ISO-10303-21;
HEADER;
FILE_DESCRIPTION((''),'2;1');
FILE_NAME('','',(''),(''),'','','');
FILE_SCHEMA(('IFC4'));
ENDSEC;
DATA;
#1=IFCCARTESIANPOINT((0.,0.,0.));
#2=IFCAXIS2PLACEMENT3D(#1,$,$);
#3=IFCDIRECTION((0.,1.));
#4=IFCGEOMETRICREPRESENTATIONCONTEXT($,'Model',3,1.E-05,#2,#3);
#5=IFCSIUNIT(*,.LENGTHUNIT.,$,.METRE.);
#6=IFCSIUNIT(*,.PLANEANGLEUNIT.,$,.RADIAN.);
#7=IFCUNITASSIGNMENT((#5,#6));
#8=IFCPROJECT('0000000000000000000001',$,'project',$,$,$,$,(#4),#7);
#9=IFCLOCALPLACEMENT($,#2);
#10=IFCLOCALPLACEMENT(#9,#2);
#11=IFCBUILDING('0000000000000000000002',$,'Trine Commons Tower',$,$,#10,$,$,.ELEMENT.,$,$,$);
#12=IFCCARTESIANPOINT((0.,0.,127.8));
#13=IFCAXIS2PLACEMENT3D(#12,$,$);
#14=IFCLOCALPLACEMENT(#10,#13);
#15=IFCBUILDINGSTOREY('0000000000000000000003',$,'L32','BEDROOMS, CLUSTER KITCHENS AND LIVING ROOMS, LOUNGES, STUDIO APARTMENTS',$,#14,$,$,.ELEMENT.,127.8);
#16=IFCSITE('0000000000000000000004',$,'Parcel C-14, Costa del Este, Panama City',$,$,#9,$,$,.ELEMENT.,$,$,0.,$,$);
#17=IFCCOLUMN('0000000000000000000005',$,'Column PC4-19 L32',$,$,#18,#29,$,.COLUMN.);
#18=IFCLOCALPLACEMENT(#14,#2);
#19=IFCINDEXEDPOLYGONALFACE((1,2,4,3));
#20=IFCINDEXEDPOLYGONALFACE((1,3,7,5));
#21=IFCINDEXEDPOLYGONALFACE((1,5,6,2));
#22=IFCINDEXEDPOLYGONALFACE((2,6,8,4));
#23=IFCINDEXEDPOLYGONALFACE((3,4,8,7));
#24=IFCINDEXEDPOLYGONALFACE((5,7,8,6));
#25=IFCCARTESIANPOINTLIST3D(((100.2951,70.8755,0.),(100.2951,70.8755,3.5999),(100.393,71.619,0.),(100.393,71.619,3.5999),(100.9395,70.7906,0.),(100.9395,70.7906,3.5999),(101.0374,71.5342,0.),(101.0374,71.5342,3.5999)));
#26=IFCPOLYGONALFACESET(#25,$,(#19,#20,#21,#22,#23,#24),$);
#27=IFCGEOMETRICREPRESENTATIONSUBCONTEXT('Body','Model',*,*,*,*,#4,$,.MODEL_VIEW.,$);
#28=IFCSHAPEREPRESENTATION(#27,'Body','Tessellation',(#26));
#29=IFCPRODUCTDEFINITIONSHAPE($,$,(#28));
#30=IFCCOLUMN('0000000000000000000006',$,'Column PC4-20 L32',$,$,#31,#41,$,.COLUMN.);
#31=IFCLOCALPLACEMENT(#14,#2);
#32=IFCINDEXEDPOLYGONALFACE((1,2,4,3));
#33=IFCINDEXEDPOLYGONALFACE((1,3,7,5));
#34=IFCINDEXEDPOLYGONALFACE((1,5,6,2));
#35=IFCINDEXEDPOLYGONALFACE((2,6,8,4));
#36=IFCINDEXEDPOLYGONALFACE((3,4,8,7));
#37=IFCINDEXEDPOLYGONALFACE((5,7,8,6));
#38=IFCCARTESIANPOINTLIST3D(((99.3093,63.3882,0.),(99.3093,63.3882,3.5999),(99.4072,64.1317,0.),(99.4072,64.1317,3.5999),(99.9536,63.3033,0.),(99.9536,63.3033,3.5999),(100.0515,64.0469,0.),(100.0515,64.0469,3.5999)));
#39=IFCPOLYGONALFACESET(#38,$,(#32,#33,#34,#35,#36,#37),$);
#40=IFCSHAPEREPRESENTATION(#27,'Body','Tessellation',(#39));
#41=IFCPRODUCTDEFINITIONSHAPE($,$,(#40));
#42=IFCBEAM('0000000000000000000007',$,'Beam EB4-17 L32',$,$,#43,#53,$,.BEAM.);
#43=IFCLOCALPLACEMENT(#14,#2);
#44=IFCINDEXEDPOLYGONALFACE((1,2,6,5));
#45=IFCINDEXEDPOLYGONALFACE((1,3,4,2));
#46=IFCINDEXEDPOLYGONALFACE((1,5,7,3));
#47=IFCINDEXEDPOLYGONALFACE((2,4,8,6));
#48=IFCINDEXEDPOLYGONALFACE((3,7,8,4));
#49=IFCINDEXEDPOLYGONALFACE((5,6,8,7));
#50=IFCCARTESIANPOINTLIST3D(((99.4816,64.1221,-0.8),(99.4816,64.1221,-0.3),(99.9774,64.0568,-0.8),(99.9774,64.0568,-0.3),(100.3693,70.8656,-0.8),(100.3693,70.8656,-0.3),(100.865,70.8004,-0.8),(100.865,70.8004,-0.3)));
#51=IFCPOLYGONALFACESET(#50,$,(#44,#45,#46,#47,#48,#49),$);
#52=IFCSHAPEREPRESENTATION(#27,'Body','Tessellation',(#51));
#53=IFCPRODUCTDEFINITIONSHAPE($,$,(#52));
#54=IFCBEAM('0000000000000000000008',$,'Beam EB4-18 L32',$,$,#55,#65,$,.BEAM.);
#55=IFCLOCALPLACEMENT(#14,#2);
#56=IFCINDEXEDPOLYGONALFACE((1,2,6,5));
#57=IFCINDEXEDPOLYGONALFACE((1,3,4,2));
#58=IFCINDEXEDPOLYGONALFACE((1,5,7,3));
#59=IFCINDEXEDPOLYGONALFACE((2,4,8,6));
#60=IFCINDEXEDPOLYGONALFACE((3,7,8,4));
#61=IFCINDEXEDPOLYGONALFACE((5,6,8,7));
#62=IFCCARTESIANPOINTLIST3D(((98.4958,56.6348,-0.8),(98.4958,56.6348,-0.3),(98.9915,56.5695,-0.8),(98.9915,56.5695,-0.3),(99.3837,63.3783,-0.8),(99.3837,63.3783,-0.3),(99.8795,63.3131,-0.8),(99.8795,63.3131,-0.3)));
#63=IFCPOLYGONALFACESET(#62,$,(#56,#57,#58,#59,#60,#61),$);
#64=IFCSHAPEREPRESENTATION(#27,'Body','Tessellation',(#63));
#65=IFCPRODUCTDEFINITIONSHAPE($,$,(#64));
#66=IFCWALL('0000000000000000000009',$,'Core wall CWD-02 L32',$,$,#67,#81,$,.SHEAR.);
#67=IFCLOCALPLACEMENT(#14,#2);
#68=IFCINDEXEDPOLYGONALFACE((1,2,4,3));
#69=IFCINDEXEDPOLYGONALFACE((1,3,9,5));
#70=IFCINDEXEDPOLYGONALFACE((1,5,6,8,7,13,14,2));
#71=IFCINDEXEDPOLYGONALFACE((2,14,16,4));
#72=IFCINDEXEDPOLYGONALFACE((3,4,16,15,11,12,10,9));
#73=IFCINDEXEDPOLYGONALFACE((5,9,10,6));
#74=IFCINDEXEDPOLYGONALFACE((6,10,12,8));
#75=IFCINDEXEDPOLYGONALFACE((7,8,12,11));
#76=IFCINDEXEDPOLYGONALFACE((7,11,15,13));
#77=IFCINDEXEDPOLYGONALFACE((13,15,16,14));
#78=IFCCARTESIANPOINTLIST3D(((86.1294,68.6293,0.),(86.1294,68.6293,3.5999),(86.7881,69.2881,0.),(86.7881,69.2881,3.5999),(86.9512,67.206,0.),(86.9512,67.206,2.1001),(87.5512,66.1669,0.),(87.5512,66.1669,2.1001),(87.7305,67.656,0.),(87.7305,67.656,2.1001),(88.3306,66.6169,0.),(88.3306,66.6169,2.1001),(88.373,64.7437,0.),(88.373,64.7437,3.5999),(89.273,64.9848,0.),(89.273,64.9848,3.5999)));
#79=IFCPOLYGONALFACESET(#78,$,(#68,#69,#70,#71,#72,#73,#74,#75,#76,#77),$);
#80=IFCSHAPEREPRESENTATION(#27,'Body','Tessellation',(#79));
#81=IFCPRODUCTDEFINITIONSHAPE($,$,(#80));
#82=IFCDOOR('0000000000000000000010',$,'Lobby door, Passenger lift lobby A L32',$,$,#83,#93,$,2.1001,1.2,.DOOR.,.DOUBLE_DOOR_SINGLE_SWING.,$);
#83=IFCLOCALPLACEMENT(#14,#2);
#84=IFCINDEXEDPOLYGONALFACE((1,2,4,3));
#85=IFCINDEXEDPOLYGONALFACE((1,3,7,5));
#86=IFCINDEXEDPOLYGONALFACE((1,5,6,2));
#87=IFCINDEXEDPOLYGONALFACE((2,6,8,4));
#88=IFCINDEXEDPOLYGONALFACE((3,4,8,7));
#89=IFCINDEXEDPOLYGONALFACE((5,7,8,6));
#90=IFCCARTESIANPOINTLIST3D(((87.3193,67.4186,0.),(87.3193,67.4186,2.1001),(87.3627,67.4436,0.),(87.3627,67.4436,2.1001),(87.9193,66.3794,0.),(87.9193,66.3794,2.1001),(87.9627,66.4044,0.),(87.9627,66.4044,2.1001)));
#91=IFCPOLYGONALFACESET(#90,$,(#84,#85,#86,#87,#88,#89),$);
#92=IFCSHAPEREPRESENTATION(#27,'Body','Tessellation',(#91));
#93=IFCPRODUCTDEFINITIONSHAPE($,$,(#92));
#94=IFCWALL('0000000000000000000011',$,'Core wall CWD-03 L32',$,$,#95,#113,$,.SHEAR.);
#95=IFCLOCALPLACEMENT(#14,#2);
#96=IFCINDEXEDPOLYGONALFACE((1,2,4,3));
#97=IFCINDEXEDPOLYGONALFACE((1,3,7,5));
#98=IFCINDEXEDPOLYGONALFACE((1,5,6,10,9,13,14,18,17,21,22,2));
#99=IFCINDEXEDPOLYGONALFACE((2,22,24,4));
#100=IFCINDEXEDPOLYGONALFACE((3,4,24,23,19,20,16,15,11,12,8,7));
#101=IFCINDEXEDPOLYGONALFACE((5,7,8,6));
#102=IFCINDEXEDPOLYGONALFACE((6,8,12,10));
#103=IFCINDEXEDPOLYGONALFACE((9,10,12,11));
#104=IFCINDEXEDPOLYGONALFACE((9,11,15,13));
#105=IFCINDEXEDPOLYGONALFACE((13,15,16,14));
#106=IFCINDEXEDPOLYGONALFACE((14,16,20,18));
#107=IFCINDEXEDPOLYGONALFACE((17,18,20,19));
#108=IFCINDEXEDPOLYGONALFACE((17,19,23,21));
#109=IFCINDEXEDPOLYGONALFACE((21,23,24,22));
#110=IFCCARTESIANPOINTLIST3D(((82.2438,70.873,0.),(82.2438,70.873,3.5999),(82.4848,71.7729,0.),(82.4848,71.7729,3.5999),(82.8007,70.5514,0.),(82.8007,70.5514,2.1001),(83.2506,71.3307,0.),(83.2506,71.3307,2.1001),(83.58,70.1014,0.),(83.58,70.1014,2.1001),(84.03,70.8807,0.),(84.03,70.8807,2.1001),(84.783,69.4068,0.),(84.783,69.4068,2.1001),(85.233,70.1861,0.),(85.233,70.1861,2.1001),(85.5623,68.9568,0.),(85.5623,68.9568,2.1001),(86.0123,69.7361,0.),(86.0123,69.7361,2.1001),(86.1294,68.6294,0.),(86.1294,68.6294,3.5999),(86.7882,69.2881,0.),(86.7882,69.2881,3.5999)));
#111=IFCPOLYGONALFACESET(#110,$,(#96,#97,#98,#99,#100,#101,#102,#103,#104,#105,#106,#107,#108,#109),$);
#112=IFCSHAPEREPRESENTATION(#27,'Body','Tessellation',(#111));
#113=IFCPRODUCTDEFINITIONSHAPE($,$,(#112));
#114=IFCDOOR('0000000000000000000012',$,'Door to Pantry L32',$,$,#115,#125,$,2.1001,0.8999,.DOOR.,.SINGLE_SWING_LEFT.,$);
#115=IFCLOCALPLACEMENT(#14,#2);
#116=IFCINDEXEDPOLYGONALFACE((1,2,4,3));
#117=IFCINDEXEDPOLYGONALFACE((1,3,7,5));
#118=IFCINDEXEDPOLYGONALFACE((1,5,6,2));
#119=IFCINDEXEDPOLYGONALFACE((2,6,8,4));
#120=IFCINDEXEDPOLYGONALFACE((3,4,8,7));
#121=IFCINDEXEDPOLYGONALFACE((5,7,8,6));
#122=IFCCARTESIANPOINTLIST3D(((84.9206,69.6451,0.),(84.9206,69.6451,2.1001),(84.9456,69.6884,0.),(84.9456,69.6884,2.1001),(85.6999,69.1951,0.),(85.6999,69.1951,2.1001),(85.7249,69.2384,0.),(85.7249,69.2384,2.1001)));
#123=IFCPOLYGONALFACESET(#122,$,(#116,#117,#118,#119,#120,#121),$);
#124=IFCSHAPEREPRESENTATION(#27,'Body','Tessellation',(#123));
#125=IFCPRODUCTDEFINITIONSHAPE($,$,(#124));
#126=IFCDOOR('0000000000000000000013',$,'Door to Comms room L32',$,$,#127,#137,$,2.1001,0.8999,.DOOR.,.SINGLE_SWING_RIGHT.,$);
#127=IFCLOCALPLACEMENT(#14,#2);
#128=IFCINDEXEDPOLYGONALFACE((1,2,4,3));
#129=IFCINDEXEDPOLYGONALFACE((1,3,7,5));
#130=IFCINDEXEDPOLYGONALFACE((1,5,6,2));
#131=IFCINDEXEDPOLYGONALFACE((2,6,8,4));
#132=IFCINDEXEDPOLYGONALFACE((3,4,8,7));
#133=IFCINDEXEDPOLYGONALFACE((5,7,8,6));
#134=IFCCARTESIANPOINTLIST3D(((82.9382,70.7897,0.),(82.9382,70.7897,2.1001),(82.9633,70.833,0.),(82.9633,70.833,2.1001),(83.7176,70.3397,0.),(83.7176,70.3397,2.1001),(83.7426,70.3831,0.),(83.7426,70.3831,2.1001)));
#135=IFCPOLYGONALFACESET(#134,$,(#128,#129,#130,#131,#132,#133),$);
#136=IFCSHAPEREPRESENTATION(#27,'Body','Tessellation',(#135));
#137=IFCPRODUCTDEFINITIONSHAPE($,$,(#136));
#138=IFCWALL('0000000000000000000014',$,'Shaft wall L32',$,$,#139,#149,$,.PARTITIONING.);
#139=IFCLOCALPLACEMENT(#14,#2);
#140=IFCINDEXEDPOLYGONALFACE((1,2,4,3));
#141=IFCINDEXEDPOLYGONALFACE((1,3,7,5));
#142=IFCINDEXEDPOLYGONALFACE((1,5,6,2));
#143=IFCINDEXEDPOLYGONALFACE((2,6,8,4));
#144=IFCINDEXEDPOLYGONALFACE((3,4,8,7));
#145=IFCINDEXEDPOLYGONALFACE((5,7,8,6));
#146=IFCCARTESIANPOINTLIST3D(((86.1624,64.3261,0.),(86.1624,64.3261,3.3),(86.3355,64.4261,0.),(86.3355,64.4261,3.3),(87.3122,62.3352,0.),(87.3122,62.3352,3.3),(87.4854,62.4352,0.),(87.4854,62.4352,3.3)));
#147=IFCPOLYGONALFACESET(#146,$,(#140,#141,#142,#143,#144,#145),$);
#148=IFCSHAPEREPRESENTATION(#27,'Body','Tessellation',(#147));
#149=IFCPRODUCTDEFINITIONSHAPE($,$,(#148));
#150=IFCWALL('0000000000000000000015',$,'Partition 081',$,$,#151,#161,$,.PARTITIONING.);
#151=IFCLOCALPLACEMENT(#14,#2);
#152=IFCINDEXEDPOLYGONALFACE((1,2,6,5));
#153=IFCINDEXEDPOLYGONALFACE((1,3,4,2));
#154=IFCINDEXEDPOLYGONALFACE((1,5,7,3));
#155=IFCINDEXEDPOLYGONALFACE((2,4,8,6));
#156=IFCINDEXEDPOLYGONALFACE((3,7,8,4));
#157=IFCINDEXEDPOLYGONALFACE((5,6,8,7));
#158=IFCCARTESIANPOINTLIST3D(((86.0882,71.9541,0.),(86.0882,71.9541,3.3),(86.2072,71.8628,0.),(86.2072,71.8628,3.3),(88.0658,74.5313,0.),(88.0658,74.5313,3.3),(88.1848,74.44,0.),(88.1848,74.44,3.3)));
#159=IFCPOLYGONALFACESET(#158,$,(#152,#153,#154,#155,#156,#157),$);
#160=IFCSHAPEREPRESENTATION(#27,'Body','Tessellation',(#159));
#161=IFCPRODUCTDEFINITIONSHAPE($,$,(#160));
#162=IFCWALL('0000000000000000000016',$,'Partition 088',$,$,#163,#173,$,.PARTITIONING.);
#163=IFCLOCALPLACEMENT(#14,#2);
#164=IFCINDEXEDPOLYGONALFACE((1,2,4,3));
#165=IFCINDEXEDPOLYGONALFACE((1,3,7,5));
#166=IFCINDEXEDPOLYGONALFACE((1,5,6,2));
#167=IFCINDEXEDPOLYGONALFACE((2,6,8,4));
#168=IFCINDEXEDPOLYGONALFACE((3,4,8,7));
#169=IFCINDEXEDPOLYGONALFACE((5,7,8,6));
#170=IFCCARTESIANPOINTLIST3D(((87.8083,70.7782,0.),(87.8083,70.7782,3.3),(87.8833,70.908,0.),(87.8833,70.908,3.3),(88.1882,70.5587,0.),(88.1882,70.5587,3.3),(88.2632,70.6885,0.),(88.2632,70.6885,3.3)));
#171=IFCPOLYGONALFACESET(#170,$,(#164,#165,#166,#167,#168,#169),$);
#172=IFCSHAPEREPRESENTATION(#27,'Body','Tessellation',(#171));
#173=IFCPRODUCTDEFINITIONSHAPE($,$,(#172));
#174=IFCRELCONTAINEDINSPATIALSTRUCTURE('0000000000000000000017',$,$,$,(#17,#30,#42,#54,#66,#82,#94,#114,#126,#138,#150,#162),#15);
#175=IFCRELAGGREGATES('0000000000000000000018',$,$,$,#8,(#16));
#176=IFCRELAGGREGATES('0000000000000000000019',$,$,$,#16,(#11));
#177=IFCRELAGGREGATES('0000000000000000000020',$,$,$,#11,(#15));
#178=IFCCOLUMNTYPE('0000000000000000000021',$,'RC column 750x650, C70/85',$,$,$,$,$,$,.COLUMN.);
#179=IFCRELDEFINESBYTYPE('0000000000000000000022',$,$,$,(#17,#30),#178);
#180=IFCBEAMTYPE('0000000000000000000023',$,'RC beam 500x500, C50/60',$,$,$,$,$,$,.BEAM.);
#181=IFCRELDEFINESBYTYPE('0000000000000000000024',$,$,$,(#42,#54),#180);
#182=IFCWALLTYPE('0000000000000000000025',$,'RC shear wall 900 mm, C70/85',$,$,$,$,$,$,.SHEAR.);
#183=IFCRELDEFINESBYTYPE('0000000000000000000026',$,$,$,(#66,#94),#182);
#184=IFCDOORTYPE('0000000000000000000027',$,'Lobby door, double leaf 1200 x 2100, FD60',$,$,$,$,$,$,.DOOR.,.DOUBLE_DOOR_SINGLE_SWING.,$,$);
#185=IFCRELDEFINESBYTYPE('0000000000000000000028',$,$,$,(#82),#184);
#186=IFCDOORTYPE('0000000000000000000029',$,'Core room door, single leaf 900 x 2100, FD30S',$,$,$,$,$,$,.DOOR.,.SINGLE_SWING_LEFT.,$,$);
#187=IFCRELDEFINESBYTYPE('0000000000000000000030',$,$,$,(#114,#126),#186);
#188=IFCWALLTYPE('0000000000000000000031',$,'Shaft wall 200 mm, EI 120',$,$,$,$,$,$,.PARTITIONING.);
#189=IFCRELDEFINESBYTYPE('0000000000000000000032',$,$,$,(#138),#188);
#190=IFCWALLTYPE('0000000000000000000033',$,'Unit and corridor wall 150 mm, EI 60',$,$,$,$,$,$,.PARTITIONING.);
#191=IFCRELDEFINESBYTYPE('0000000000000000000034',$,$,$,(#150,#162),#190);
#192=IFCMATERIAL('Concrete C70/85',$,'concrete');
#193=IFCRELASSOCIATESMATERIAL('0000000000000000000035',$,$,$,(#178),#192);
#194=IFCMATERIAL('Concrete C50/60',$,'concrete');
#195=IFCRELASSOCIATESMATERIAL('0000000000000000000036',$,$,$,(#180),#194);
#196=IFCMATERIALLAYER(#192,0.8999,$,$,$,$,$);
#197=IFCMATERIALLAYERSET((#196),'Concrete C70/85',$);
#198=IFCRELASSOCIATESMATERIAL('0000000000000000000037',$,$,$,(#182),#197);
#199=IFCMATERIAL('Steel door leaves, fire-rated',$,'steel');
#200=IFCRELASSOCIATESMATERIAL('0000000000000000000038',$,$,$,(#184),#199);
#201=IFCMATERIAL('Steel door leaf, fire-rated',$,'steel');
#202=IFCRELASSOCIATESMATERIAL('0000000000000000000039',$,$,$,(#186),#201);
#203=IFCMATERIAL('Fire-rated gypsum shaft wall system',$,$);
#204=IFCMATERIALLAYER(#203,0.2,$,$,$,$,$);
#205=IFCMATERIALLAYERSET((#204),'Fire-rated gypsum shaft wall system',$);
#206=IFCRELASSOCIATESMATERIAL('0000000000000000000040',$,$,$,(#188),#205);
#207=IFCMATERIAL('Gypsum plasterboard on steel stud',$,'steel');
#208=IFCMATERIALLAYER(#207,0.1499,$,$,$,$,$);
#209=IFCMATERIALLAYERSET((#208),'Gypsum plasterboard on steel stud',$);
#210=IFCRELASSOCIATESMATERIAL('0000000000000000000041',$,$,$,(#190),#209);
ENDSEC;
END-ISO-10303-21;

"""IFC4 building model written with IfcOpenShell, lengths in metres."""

from ifc_helpers import new_model, si_unit, direction, frame, frame_2d, origin, origin_2d, place, context, subcontext, project, spatial, polyline, rectangle, outline, extrude, material, layer, layer_set, material_profile, profile_set, type_object, element, fill, save


model = new_model("IFC4")

# Units and contexts
model_context = context("Model", 3, precision=1e-05, world=origin(), true_north=direction((0.0, 1.0)))
body_context = subcontext(model_context, "Body", "Model", "MODEL_VIEW")
ifc_project = project(units=[si_unit("LENGTHUNIT", "METRE"), si_unit("PLANEANGLEUNIT", "RADIAN")], contexts=[model_context])

# Site, building, storey
site_placement = place(None, origin())
site = spatial("IfcSite", under=ifc_project, at=site_placement, Name="Parcel C-14, Costa del Este, Panama City", CompositionType="ELEMENT", RefElevation=0.0)
building_placement = place(site_placement, origin())
building = spatial("IfcBuilding", under=site, at=building_placement, Name="Trine Commons Tower", CompositionType="ELEMENT")
storey_placement = place(building_placement, frame((0.0, 0.0, 127.8)))
storey = spatial("IfcBuildingStorey", under=building, at=storey_placement, Name="L32", Description="BEDROOMS, CLUSTER KITCHENS AND LIVING ROOMS, LOUNGES, STUDIO APARTMENTS", CompositionType="ELEMENT", Elevation=127.8)

# Columns
ifc_material_1 = material(Name="Concrete C70/85", Category="concrete")
ifc_material_profile_1 = material_profile(ifc_material_1, rectangle(XDim=0.75, YDim=0.6499, at=origin_2d()), Name="RC 750x650")
ifc_profile_set_1 = profile_set([ifc_material_profile_1], Name="Concrete C70/85")
column_type = type_object("IfcColumnType", Name="RC column 750x650, C70/85", PredefinedType="COLUMN", material=ifc_profile_set_1)
for number, where, z_axis, x_axis, name in (
    (1, (100.6663, 71.2048, 0.0), (0.0, 0.0, 1.0), (0.130526, 0.991445, 0.0), "Column PC4-19 L32"),
    (2, (99.6804, 63.7175, 0.0), (0.0, 0.0, 1.0), (0.130526, 0.991445, 0.0), "Column PC4-20 L32"),
):
    element("IfcColumn", number, at=place(storey_placement, frame(where, z_axis=z_axis, x_axis=x_axis)), inside=storey, type_object=column_type, Name=name, PredefinedType="COLUMN", context=body_context, shape_type="SweptSolid", body=[
        extrude(rectangle(XDim=0.75, YDim=0.6499, at=origin_2d()), origin(), (0.0, 0.0, 1.0), 3.5999),
    ])

# Beams
ifc_material_2 = material(Name="Concrete C50/60", Category="concrete")
ifc_material_profile_2 = material_profile(ifc_material_2, rectangle(XDim=0.5, YDim=0.5, at=origin_2d()), Name="RC 500x500")
ifc_profile_set_2 = profile_set([ifc_material_profile_2], Name="Concrete C50/60")
beam_type = type_object("IfcBeamType", Name="RC beam 500x500, C50/60", PredefinedType="BEAM", material=ifc_profile_set_2)
for number, where, z_axis, x_axis, name in (
    (3, (100.6172, 70.833, -0.55), (-0.130508, -0.991447, 0.0), (0.991447, -0.130508, 0.0), "Beam EB4-17 L32"),
    (4, (99.6316, 63.3457, -0.55), (-0.130544, -0.991443, 0.0), (0.991443, -0.130544, 0.0), "Beam EB4-18 L32"),
):
    element("IfcBeam", number, at=place(storey_placement, frame(where, z_axis=z_axis, x_axis=x_axis)), inside=storey, type_object=beam_type, Name=name, PredefinedType="BEAM", context=body_context, shape_type="SweptSolid", body=[
        extrude(rectangle(XDim=0.5, YDim=0.5, at=origin_2d()), origin(), (0.0, 0.0, 1.0), 6.8018),
    ])

# Wall, opening, door
ifc_layer_1 = layer(ifc_material_1, 0.8999)
ifc_layer_set_1 = layer_set([ifc_layer_1], Name="Concrete C70/85")
wall_type_1 = type_object("IfcWallType", Name="RC shear wall 900 mm, C70/85", PredefinedType="SHEAR", material=ifc_layer_set_1)
wall_1_placement = place(storey_placement, frame((88.8833, 64.7598, 0.0), z_axis=(0.0, 0.0, 1.0), x_axis=(-0.500039, 0.866003, 0.0)))
wall_1 = element("IfcWall", 5, at=wall_1_placement, inside=storey, type_object=wall_type_1, Name="Core wall CWD-02 L32", PredefinedType="SHEAR", context=body_context, shape_type="SweptSolid", body=[
    extrude(outline(polyline([(0.0, -0.45), (4.9692, -0.45), (4.728, 0.45), (0.2412, 0.45), (0.0, -0.45)])), origin(), (0.0, 0.0, 1.0), 3.5999),
])
opening_1_placement = place(wall_1_placement, frame((1.8845, 0.0, 0.0)))
opening_1 = element("IfcOpeningElement", 6, at=opening_1_placement, cuts=wall_1, PredefinedType="OPENING", context=body_context, shape_type="SweptSolid", body=[
    extrude(rectangle(XDim=1.2, YDim=2.1001, at=frame_2d((0.6001, 1.05))), frame((0.0, 0.46, 0.0), z_axis=(0.0, -1.0, 0.0), x_axis=(1.0, 0.0, 0.0)), (0.0, 0.0, 1.0), 0.9199),
])
ifc_material_3 = material(Name="Steel door leaves, fire-rated", Category="steel")
door_type_1 = type_object("IfcDoorType", Name="Lobby door, double leaf 1200 x 2100, FD60", OperationType="DOUBLE_DOOR_SINGLE_SWING", PredefinedType="DOOR", material=ifc_material_3)
door_1_placement = place(opening_1_placement, origin())
door_1 = element("IfcDoor", 7, at=door_1_placement, inside=storey, type_object=door_type_1, Name="Lobby door, Passenger lift lobby A L32", OperationType="DOUBLE_DOOR_SINGLE_SWING", OverallHeight=2.1001, OverallWidth=1.2, PredefinedType="DOOR", context=body_context, shape_type="SweptSolid", body=[
    extrude(rectangle(XDim=1.2, YDim=2.1001, at=frame_2d((0.6001, 1.05))), frame((0.0, 0.0249, 0.0), z_axis=(0.0, -1.0, 0.0), x_axis=(1.0, 0.0, 0.0)), (0.0, 0.0, 1.0), 0.05),
])
fill(opening_1, door_1)

# Wall, openings, doors
wall_2_placement = place(storey_placement, frame((86.5632, 68.8984, 0.0), z_axis=(0.0, 0.0, 1.0), x_axis=(-0.866003, 0.500039, 0.0)))
wall_2 = element("IfcWall", 8, at=wall_2_placement, inside=storey, type_object=wall_type_1, Name="Core wall CWD-03 L32", PredefinedType="SHEAR", context=body_context, shape_type="SweptSolid", body=[
    extrude(outline(polyline([(0.0, -0.45), (4.9692, -0.45), (4.728, 0.45), (0.2412, 0.45), (0.0, -0.45)])), origin(), (0.0, 0.0, 1.0), 3.5999),
])
opening_2_placement = place(wall_2_placement, frame((0.896, 0.0, 0.0)))
opening_2 = element("IfcOpeningElement", 9, at=opening_2_placement, cuts=wall_2, PredefinedType="OPENING", context=body_context, shape_type="SweptSolid", body=[
    extrude(rectangle(XDim=0.8999, YDim=2.1001, at=frame_2d((0.45, 1.05))), frame((0.0, 0.46, 0.0), z_axis=(0.0, -1.0, 0.0), x_axis=(1.0, 0.0, 0.0)), (0.0, 0.0, 1.0), 0.9199),
])
opening_3_placement = place(wall_2_placement, frame((3.1851, 0.0, 0.0)))
opening_3 = element("IfcOpeningElement", 10, at=opening_3_placement, cuts=wall_2, PredefinedType="OPENING", context=body_context, shape_type="SweptSolid", body=[
    extrude(rectangle(XDim=0.8999, YDim=2.1001, at=frame_2d((0.45, 1.05))), frame((0.0, 0.46, 0.0), z_axis=(0.0, -1.0, 0.0), x_axis=(1.0, 0.0, 0.0)), (0.0, 0.0, 1.0), 0.9199),
])
ifc_material_4 = material(Name="Steel door leaf, fire-rated", Category="steel")
door_type_2 = type_object("IfcDoorType", Name="Core room door, single leaf 900 x 2100, FD30S", OperationType="SINGLE_SWING_LEFT", PredefinedType="DOOR", material=ifc_material_4)
door_2_placement = place(opening_2_placement, origin())
door_2 = element("IfcDoor", 11, at=door_2_placement, inside=storey, type_object=door_type_2, Name="Door to Pantry L32", OperationType="SINGLE_SWING_LEFT", OverallHeight=2.1001, OverallWidth=0.8999, PredefinedType="DOOR", context=body_context, shape_type="SweptSolid", body=[
    extrude(rectangle(XDim=0.8999, YDim=2.1001, at=frame_2d((0.45, 1.05))), frame((0.0, 0.1748, 0.0), z_axis=(0.0, -1.0, 0.0), x_axis=(1.0, 0.0, 0.0)), (0.0, 0.0, 1.0), 0.05),
])
fill(opening_2, door_2)
door_3_placement = place(opening_3_placement, origin())
door_3 = element("IfcDoor", 12, at=door_3_placement, inside=storey, type_object=door_type_2, Name="Door to Comms room L32", OperationType="SINGLE_SWING_RIGHT", OverallHeight=2.1001, OverallWidth=0.8999, PredefinedType="DOOR", context=body_context, shape_type="SweptSolid", body=[
    extrude(rectangle(XDim=0.8999, YDim=2.1001, at=frame_2d((0.45, 1.05))), frame((0.0, 0.1748, 0.0), z_axis=(0.0, -1.0, 0.0), x_axis=(1.0, 0.0, 0.0)), (0.0, 0.0, 1.0), 0.05),
])
fill(opening_3, door_3)

# Walls
ifc_material_5 = material(Name="Fire-rated gypsum shaft wall system")
ifc_layer_2 = layer(ifc_material_5, 0.2)
ifc_layer_set_2 = layer_set([ifc_layer_2], Name="Fire-rated gypsum shaft wall system")
wall_type_2 = type_object("IfcWallType", Name="Shaft wall 200 mm, EI 120", PredefinedType="PARTITIONING", material=ifc_layer_set_2)
wall_3_placement = place(storey_placement, frame((86.249, 64.376, 0.0), z_axis=(0.0, 0.0, 1.0), x_axis=(0.500136, -0.865947, 0.0)))
element("IfcWall", 13, at=wall_3_placement, inside=storey, type_object=wall_type_2, Name="Shaft wall L32", PredefinedType="PARTITIONING", context=body_context, shape_type="SweptSolid", body=[
    extrude(rectangle(XDim=2.2991, YDim=0.2, at=frame_2d((1.1494, 0.0))), origin(), (0.0, 0.0, 1.0), 3.3),
])
ifc_material_6 = material(Name="Gypsum plasterboard on steel stud", Category="steel")
ifc_layer_3 = layer(ifc_material_6, 0.1499)
ifc_layer_set_3 = layer_set([ifc_layer_3], Name="Gypsum plasterboard on steel stud")
wall_type_3 = type_object("IfcWallType", Name="Unit and corridor wall 150 mm, EI 60", PredefinedType="PARTITIONING", material=ifc_layer_set_3)
wall_4_placement = place(storey_placement, frame((86.1477, 71.9084, 0.0), z_axis=(0.0, 0.0, 1.0), x_axis=(0.608766, 0.79335, 0.0)))
element("IfcWall", 14, at=wall_4_placement, inside=storey, type_object=wall_type_3, Name="Partition 081", PredefinedType="PARTITIONING", context=body_context, shape_type="SweptSolid", body=[
    extrude(rectangle(XDim=3.2485, YDim=0.1499, at=frame_2d((1.6243, 0.0))), origin(), (0.0, 0.0, 1.0), 3.3),
])
wall_5_placement = place(storey_placement, frame((87.8459, 70.843, 0.0), z_axis=(0.0, 0.0, 1.0), x_axis=(0.86587, -0.500268, 0.0)))
element("IfcWall", 15, at=wall_5_placement, inside=storey, type_object=wall_type_3, Name="Partition 088", PredefinedType="PARTITIONING", context=body_context, shape_type="SweptSolid", body=[
    extrude(rectangle(XDim=0.4387, YDim=0.1499, at=frame_2d((0.2192, 0.0))), origin(), (0.0, 0.0, 1.0), 3.3),
])

save(model, "model.ifc")
